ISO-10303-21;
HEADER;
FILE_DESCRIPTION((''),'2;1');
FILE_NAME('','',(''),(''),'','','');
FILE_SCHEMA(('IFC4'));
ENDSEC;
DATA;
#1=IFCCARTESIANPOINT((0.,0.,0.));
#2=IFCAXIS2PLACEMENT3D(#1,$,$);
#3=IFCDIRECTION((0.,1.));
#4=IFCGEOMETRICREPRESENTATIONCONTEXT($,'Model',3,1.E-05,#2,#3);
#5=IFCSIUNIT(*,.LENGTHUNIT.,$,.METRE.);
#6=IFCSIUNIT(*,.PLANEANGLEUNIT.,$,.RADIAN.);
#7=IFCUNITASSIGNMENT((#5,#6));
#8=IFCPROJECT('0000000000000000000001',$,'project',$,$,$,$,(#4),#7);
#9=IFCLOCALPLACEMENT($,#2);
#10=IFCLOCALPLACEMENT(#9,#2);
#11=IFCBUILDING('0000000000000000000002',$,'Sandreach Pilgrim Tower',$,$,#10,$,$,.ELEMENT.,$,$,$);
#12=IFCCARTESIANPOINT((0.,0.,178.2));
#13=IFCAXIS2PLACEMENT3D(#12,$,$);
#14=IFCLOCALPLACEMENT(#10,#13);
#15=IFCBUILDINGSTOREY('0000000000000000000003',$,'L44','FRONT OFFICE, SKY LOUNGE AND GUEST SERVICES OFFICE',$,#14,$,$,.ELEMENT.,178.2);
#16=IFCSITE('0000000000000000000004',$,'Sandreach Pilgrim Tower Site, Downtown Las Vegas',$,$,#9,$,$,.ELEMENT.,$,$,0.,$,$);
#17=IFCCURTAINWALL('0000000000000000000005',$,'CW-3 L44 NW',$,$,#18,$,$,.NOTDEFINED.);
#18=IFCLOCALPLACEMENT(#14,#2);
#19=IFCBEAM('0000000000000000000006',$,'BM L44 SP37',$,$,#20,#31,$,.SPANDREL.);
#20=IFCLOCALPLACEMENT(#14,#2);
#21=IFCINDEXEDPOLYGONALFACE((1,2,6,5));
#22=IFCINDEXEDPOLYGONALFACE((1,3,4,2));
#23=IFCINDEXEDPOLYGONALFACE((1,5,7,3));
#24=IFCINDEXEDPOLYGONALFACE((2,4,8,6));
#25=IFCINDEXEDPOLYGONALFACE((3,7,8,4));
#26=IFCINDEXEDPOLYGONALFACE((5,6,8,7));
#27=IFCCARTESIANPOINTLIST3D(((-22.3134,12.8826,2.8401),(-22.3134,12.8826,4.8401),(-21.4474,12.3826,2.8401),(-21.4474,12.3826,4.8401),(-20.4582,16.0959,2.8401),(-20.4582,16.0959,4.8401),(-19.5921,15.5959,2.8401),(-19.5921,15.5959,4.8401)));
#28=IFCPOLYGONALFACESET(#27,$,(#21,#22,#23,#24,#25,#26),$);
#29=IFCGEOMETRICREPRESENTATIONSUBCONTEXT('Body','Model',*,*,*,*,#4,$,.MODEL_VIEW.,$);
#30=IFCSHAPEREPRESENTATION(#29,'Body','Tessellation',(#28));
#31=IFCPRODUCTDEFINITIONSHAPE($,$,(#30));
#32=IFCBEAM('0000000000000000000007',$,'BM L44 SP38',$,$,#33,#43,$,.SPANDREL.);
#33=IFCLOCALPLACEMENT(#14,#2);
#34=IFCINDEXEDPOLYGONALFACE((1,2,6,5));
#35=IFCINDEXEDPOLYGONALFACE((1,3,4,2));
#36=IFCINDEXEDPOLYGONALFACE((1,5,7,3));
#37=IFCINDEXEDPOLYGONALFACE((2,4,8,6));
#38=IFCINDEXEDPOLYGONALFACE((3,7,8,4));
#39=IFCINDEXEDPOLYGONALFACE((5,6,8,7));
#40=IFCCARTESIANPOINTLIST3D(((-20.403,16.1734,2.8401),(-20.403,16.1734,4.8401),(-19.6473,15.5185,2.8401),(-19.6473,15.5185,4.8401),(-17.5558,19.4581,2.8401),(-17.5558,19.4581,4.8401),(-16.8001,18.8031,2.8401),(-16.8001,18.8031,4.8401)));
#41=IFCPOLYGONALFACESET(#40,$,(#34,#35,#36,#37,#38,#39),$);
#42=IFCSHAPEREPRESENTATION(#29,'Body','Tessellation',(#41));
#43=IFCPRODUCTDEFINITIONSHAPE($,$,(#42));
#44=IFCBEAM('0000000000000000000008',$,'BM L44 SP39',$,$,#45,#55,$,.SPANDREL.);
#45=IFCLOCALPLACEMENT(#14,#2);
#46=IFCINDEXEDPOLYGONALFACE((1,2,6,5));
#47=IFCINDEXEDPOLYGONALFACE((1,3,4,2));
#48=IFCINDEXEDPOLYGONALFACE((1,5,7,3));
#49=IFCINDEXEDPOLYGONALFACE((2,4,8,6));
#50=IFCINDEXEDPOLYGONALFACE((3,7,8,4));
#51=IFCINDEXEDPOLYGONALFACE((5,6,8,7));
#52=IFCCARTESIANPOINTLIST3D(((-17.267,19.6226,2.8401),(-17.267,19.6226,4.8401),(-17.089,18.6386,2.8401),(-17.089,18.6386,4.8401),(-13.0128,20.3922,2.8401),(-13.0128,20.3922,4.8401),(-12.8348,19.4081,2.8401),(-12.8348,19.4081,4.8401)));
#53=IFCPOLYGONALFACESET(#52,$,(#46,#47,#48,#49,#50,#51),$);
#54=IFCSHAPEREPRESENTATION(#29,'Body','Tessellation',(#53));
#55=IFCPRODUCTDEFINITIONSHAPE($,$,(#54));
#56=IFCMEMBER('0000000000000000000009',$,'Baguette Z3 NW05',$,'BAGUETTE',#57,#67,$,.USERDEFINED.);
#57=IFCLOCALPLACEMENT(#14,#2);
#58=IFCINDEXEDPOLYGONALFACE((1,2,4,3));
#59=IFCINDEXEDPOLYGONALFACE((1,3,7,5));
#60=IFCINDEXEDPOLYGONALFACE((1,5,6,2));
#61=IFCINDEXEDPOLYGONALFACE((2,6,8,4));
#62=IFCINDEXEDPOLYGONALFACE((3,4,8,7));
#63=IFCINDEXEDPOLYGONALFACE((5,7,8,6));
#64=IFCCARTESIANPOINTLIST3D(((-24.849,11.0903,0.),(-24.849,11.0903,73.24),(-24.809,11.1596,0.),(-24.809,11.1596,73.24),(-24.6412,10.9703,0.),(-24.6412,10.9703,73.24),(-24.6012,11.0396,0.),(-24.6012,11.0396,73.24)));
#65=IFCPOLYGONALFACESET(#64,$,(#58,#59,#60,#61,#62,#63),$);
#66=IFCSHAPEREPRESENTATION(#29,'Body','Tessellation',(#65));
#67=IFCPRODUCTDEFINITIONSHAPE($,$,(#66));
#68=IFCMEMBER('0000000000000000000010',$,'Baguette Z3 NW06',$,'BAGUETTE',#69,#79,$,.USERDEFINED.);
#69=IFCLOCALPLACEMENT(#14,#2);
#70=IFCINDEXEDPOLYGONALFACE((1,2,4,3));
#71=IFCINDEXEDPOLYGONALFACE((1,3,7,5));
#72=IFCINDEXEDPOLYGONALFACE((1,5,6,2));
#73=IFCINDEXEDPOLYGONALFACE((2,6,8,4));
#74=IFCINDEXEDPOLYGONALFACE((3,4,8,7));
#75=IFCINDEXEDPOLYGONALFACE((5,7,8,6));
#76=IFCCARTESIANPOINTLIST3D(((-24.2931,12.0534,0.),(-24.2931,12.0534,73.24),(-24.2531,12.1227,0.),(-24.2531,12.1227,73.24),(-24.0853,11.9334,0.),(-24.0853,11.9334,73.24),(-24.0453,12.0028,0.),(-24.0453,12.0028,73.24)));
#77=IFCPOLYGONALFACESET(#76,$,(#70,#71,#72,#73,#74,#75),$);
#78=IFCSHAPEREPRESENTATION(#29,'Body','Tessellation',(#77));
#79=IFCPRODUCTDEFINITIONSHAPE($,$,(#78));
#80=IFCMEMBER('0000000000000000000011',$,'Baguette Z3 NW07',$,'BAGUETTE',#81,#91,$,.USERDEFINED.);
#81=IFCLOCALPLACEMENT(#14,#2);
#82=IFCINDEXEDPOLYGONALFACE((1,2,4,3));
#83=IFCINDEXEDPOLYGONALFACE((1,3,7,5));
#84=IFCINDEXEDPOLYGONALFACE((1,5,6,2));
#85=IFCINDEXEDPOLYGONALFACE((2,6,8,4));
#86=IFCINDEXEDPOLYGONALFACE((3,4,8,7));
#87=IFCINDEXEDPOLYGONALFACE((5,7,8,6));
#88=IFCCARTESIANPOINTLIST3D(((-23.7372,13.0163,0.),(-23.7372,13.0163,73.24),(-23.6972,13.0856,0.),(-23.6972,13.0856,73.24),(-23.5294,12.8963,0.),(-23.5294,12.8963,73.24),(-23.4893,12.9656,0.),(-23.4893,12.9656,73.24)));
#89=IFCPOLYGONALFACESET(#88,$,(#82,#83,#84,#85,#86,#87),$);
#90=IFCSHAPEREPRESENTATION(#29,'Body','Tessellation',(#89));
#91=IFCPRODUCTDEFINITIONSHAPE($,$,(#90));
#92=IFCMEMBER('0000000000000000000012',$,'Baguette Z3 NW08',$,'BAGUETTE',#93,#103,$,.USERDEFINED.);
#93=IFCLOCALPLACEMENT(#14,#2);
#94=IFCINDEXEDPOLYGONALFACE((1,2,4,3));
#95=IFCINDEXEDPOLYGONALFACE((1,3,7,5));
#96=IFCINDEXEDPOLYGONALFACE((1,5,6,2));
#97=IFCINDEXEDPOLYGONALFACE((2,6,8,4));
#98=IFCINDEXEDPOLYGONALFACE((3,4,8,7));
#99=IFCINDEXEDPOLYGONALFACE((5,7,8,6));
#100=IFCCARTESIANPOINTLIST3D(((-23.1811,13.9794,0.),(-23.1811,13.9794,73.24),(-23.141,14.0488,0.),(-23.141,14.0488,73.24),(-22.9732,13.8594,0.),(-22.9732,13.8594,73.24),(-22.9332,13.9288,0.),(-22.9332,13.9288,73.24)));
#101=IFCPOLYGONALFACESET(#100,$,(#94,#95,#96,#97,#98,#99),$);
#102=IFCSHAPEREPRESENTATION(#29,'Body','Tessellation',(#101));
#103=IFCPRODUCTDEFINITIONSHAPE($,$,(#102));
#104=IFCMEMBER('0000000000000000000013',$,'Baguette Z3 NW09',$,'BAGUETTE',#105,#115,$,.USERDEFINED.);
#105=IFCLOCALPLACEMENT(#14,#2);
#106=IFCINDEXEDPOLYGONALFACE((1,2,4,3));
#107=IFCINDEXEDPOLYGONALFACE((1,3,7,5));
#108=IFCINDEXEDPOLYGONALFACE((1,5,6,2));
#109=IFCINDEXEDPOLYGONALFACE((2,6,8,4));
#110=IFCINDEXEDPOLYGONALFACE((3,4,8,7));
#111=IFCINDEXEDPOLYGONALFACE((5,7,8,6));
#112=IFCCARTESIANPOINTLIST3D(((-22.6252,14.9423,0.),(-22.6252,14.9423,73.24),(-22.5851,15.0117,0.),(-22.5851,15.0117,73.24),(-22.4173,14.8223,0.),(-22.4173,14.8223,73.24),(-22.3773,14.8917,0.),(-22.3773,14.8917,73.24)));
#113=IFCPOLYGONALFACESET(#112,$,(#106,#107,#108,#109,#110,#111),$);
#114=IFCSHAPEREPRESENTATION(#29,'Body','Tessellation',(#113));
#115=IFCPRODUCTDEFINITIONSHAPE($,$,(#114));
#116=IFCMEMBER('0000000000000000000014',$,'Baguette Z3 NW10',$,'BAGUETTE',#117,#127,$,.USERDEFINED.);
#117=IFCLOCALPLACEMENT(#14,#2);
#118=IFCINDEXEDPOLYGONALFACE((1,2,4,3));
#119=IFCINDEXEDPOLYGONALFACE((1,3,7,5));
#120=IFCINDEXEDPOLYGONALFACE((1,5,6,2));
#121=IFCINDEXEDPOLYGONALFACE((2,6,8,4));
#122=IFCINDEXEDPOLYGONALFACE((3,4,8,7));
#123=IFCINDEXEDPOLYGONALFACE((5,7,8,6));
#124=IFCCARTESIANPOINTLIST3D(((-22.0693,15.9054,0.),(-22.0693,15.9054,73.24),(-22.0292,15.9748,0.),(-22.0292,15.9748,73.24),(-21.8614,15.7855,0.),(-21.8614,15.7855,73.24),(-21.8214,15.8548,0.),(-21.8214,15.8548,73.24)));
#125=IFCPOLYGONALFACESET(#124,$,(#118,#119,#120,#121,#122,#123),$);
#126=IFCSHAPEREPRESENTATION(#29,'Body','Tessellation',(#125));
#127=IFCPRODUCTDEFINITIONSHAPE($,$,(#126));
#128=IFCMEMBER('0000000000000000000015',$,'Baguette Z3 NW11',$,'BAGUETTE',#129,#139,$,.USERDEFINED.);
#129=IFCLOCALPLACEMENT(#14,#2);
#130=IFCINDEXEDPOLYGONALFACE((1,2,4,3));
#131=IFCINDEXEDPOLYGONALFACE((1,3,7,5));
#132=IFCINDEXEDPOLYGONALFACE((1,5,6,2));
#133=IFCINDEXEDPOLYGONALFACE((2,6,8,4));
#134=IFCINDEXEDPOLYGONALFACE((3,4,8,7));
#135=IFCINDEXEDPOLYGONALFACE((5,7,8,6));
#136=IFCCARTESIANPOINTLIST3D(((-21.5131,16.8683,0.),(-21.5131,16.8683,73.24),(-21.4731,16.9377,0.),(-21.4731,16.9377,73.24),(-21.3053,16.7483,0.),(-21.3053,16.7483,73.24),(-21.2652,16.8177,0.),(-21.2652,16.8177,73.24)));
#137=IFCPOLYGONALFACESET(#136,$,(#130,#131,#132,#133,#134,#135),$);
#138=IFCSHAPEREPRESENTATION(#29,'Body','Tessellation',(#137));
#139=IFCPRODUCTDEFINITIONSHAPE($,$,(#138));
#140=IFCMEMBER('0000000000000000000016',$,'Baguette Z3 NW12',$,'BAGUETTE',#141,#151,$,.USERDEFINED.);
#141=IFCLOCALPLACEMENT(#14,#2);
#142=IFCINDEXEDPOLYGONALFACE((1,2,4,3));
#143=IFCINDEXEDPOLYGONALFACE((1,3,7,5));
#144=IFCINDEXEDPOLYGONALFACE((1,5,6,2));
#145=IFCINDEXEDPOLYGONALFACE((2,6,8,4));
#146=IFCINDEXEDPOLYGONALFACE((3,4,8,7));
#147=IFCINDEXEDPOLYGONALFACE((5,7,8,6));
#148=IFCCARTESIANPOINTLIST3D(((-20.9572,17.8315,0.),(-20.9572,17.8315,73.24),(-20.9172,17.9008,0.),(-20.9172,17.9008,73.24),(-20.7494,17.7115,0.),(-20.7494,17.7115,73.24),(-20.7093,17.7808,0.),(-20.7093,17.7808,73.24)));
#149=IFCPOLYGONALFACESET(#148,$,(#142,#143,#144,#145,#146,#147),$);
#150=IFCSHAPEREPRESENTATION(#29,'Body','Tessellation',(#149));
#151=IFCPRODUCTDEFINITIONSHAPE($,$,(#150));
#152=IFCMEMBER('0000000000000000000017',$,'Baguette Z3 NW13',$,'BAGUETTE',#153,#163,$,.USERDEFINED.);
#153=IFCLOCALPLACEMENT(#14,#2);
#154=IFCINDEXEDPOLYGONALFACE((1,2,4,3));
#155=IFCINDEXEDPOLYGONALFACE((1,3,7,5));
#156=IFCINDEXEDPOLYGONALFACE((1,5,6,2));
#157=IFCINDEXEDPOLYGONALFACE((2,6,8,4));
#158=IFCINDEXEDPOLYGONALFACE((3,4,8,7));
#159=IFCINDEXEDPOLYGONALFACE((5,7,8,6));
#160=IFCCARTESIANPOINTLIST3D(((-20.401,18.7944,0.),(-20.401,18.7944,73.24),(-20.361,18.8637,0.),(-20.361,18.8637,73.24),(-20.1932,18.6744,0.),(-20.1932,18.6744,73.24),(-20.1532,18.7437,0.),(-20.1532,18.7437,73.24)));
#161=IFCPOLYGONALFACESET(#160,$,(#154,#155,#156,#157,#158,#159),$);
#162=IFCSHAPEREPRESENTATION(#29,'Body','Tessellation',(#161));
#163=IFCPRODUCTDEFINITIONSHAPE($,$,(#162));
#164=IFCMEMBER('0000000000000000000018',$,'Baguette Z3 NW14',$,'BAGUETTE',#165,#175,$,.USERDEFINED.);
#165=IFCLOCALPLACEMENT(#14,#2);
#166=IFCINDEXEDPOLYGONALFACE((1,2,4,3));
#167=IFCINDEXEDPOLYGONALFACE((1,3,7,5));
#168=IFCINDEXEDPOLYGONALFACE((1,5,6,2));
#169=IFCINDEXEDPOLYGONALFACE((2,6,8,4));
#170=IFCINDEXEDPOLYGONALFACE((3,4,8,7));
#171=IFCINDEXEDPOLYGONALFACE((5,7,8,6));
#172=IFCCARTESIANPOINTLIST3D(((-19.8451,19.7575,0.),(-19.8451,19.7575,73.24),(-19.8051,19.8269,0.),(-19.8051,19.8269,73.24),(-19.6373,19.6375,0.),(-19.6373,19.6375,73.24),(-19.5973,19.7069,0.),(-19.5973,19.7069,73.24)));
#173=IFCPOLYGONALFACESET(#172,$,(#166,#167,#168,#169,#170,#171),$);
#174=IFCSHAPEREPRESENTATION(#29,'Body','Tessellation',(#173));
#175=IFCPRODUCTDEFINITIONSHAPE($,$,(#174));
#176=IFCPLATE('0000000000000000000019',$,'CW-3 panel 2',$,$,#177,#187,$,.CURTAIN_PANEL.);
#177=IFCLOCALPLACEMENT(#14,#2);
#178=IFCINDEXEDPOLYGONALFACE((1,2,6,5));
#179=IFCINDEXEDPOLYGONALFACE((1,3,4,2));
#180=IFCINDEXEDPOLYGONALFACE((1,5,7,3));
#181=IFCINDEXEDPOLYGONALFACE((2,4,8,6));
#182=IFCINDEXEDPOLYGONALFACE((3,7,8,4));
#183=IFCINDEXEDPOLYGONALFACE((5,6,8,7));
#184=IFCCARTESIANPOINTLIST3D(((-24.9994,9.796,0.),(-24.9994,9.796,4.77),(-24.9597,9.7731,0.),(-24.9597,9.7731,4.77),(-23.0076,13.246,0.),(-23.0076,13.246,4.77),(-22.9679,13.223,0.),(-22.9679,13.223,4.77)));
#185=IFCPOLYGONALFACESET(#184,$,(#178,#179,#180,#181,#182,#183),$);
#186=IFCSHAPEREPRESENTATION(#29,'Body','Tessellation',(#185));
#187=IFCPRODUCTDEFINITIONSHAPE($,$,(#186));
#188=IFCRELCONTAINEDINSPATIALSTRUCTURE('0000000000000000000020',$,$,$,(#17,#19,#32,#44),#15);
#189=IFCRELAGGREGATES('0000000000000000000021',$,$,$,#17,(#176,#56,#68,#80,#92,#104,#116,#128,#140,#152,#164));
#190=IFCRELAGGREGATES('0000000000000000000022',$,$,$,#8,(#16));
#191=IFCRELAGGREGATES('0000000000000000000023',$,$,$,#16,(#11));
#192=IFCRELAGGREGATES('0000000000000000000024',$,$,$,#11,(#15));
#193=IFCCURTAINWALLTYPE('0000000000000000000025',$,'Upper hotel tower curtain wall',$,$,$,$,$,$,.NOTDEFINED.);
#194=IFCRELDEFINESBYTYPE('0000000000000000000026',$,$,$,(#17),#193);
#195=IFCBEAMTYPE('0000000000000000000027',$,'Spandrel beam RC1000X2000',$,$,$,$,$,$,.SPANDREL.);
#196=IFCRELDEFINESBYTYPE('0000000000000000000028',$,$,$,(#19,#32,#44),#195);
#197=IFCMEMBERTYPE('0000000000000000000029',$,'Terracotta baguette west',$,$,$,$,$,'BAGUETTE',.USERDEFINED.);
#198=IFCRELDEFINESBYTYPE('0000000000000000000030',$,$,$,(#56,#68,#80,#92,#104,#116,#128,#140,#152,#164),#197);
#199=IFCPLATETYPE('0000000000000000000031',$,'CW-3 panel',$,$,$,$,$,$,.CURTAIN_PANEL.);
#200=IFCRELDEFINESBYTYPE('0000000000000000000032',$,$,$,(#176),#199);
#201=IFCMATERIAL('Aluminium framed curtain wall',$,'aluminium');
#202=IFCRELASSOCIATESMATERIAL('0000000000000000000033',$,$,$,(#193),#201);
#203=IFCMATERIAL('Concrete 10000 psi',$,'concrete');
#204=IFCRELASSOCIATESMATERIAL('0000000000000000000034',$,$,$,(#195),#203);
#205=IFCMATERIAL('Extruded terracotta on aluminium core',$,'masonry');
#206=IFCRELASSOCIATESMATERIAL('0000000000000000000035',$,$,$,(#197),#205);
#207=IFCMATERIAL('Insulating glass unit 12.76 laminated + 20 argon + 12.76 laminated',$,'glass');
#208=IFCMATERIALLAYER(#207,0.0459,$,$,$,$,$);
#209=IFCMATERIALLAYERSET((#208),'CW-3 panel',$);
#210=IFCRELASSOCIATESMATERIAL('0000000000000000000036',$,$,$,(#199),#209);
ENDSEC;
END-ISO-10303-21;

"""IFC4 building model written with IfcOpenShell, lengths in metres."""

from ifc_helpers import new_model, si_unit, direction, frame, origin, origin_2d, place, context, subcontext, project, spatial, rectangle, extrude, material, layer, layer_set, material_profile, profile_set, type_object, element, aggregate, save


model = new_model("IFC4")

# Units and contexts
model_context = context("Model", 3, precision=1e-05, world=origin(), true_north=direction((0.0, 1.0)))
body_context = subcontext(model_context, "Body", "Model", "MODEL_VIEW")
ifc_project = project(units=[si_unit("LENGTHUNIT", "METRE"), si_unit("PLANEANGLEUNIT", "RADIAN")], contexts=[model_context])

# Site, building, storey
site_placement = place(None, origin())
site = spatial("IfcSite", under=ifc_project, at=site_placement, Name="Sandreach Pilgrim Tower Site, Downtown Las Vegas", CompositionType="ELEMENT", RefElevation=0.0)
building_placement = place(site_placement, origin())
building = spatial("IfcBuilding", under=site, at=building_placement, Name="Sandreach Pilgrim Tower", CompositionType="ELEMENT")
storey_placement = place(building_placement, frame((0.0, 0.0, 178.2)))
storey = spatial("IfcBuildingStorey", under=building, at=storey_placement, Name="L44", Description="FRONT OFFICE, SKY LOUNGE AND GUEST SERVICES OFFICE", CompositionType="ELEMENT", Elevation=178.2)

# Shared definitions
ifc_material_1 = material(Name="Aluminium framed curtain wall", Category="aluminium")
curtain_wall_type = type_object("IfcCurtainWallType", Name="Upper hotel tower curtain wall", PredefinedType="NOTDEFINED", material=ifc_material_1)

# Curtain wall
curtain_wall_1_placement = place(storey_placement, origin())
curtain_wall_1 = element("IfcCurtainWall", 1, at=curtain_wall_1_placement, inside=storey, type_object=curtain_wall_type, Name="CW-3 L44 NW", PredefinedType="NOTDEFINED")

# Beams
ifc_material_2 = material(Name="Concrete 10000 psi", Category="concrete")
ifc_material_profile_1 = material_profile(ifc_material_2, rectangle(XDim=1.0, YDim=2.0, at=origin_2d()), Name="RC1000X2000")
ifc_profile_set_1 = profile_set([ifc_material_profile_1], Name="Concrete 10000 psi")
beam_type_1 = type_object("IfcBeamType", Name="Spandrel beam RC1000X2000", PredefinedType="SPANDREL", material=ifc_profile_set_1)
beam_1_placement = place(storey_placement, frame((-21.8804, 12.6326, 3.8401), z_axis=(0.499996, 0.866028, 0.0), x_axis=(-0.866028, 0.499996, 0.0)))
element("IfcBeam", 2, at=beam_1_placement, inside=storey, type_object=beam_type_1, Name="BM L44 SP37", PredefinedType="SPANDREL", context=body_context, shape_type="SweptSolid", body=[
    extrude(rectangle(XDim=1.0, YDim=2.0, at=origin_2d()), origin(), (0.0, 0.0, 1.0), 3.7104),
])
beam_2_placement = place(storey_placement, frame((-20.0251, 15.8459, 3.8401), z_axis=(0.65499, 0.755637, 0.0), x_axis=(-0.755637, 0.65499, 0.0)))
element("IfcBeam", 3, at=beam_2_placement, inside=storey, type_object=beam_type_1, Name="BM L44 SP38", PredefinedType="SPANDREL", context=body_context, shape_type="SweptSolid", body=[
    extrude(rectangle(XDim=1.0, YDim=2.0, at=origin_2d()), origin(), (0.0, 0.0, 1.0), 4.3469),
])
beam_3_placement = place(storey_placement, frame((-17.178, 19.1306, 3.8401), z_axis=(0.98403, 0.178001, 0.0), x_axis=(-0.178001, 0.98403, 0.0)))
element("IfcBeam", 4, at=beam_3_placement, inside=storey, type_object=beam_type_1, Name="BM L44 SP39", PredefinedType="SPANDREL", context=body_context, shape_type="SweptSolid", body=[
    extrude(rectangle(XDim=1.0, YDim=2.0, at=origin_2d()), origin(), (0.0, 0.0, 1.0), 4.3232),
])

# Members
ifc_material_3 = material(Name="Extruded terracotta on aluminium core", Category="masonry")
ifc_material_profile_2 = material_profile(ifc_material_3, rectangle(XDim=0.0801, YDim=0.24, at=origin_2d()), Name="TBW 80X240")
ifc_profile_set_2 = profile_set([ifc_material_profile_2], Name="Extruded terracotta on aluminium core")
member_type_1 = type_object("IfcMemberType", Name="Terracotta baguette west", ElementType="BAGUETTE", PredefinedType="USERDEFINED", material=ifc_profile_set_2)
member_1_placement = place(storey_placement, frame((-24.7251, 11.0649, 0.0), z_axis=(0.0, 0.0, 1.0), x_axis=(0.5, 0.866025, 0.0)))
member_1 = element("IfcMember", 5, at=member_1_placement, type_object=member_type_1, Name="Baguette Z3 NW05", ObjectType="BAGUETTE", PredefinedType="USERDEFINED", context=body_context, shape_type="SweptSolid", body=[
    extrude(rectangle(XDim=0.0801, YDim=0.24, at=origin_2d()), origin(), (0.0, 0.0, 1.0), 73.24),
])
member_2_placement = place(storey_placement, frame((-24.1692, 12.0281, 0.0), z_axis=(0.0, 0.0, 1.0), x_axis=(0.5, 0.866025, 0.0)))
member_2 = element("IfcMember", 6, at=member_2_placement, type_object=member_type_1, Name="Baguette Z3 NW06", ObjectType="BAGUETTE", PredefinedType="USERDEFINED", context=body_context, shape_type="SweptSolid", body=[
    extrude(rectangle(XDim=0.0801, YDim=0.24, at=origin_2d()), origin(), (0.0, 0.0, 1.0), 73.24),
])
member_3_placement = place(storey_placement, frame((-23.6133, 12.991, 0.0), z_axis=(0.0, 0.0, 1.0), x_axis=(0.5, 0.866025, 0.0)))
member_3 = element("IfcMember", 7, at=member_3_placement, type_object=member_type_1, Name="Baguette Z3 NW07", ObjectType="BAGUETTE", PredefinedType="USERDEFINED", context=body_context, shape_type="SweptSolid", body=[
    extrude(rectangle(XDim=0.0801, YDim=0.24, at=origin_2d()), origin(), (0.0, 0.0, 1.0), 73.24),
])
member_4_placement = place(storey_placement, frame((-23.0571, 13.9541, 0.0), z_axis=(0.0, 0.0, 1.0), x_axis=(0.5, 0.866025, 0.0)))
member_4 = element("IfcMember", 8, at=member_4_placement, type_object=member_type_1, Name="Baguette Z3 NW08", ObjectType="BAGUETTE", PredefinedType="USERDEFINED", context=body_context, shape_type="SweptSolid", body=[
    extrude(rectangle(XDim=0.0801, YDim=0.24, at=origin_2d()), origin(), (0.0, 0.0, 1.0), 73.24),
])
member_5_placement = place(storey_placement, frame((-22.5012, 14.917, 0.0), z_axis=(0.0, 0.0, 1.0), x_axis=(0.5, 0.866025, 0.0)))
member_5 = element("IfcMember", 9, at=member_5_placement, type_object=member_type_1, Name="Baguette Z3 NW09", ObjectType="BAGUETTE", PredefinedType="USERDEFINED", context=body_context, shape_type="SweptSolid", body=[
    extrude(rectangle(XDim=0.0801, YDim=0.24, at=origin_2d()), origin(), (0.0, 0.0, 1.0), 73.24),
])
member_6_placement = place(storey_placement, frame((-21.9453, 15.8801, 0.0), z_axis=(0.0, 0.0, 1.0), x_axis=(0.5, 0.866025, 0.0)))
member_6 = element("IfcMember", 10, at=member_6_placement, type_object=member_type_1, Name="Baguette Z3 NW10", ObjectType="BAGUETTE", PredefinedType="USERDEFINED", context=body_context, shape_type="SweptSolid", body=[
    extrude(rectangle(XDim=0.0801, YDim=0.24, at=origin_2d()), origin(), (0.0, 0.0, 1.0), 73.24),
])
member_7_placement = place(storey_placement, frame((-21.3892, 16.843, 0.0), z_axis=(0.0, 0.0, 1.0), x_axis=(0.5, 0.866025, 0.0)))
member_7 = element("IfcMember", 11, at=member_7_placement, type_object=member_type_1, Name="Baguette Z3 NW11", ObjectType="BAGUETTE", PredefinedType="USERDEFINED", context=body_context, shape_type="SweptSolid", body=[
    extrude(rectangle(XDim=0.0801, YDim=0.24, at=origin_2d()), origin(), (0.0, 0.0, 1.0), 73.24),
])
member_8_placement = place(storey_placement, frame((-20.8333, 17.8062, 0.0), z_axis=(0.0, 0.0, 1.0), x_axis=(0.5, 0.866025, 0.0)))
member_8 = element("IfcMember", 12, at=member_8_placement, type_object=member_type_1, Name="Baguette Z3 NW12", ObjectType="BAGUETTE", PredefinedType="USERDEFINED", context=body_context, shape_type="SweptSolid", body=[
    extrude(rectangle(XDim=0.0801, YDim=0.24, at=origin_2d()), origin(), (0.0, 0.0, 1.0), 73.24),
])
member_9_placement = place(storey_placement, frame((-20.2771, 18.769, 0.0), z_axis=(0.0, 0.0, 1.0), x_axis=(0.5, 0.866025, 0.0)))
member_9 = element("IfcMember", 13, at=member_9_placement, type_object=member_type_1, Name="Baguette Z3 NW13", ObjectType="BAGUETTE", PredefinedType="USERDEFINED", context=body_context, shape_type="SweptSolid", body=[
    extrude(rectangle(XDim=0.0801, YDim=0.24, at=origin_2d()), origin(), (0.0, 0.0, 1.0), 73.24),
])
member_10_placement = place(storey_placement, frame((-19.7212, 19.7322, 0.0), z_axis=(0.0, 0.0, 1.0), x_axis=(0.5, 0.866025, 0.0)))
member_10 = element("IfcMember", 14, at=member_10_placement, type_object=member_type_1, Name="Baguette Z3 NW14", ObjectType="BAGUETTE", PredefinedType="USERDEFINED", context=body_context, shape_type="SweptSolid", body=[
    extrude(rectangle(XDim=0.0801, YDim=0.24, at=origin_2d()), origin(), (0.0, 0.0, 1.0), 73.24),
])

# Plate
ifc_material_4 = material(Name="Insulating glass unit 12.76 laminated + 20 argon + 12.76 laminated", Category="glass")
ifc_layer_1 = layer(ifc_material_4, 0.0459)
ifc_layer_set_1 = layer_set([ifc_layer_1], Name="CW-3 panel")
plate_type = type_object("IfcPlateType", Name="CW-3 panel", PredefinedType="CURTAIN_PANEL", material=ifc_layer_set_1)
plate_1_placement = place(storey_placement, frame((-23.9836, 11.5095, 0.0), z_axis=(0.0, 0.0, 1.0), x_axis=(0.5, 0.866025, 0.0)))
plate_1 = element("IfcPlate", 15, at=plate_1_placement, type_object=plate_type, Name="CW-3 panel 2", PredefinedType="CURTAIN_PANEL", context=body_context, shape_type="SweptSolid", body=[
    extrude(rectangle(XDim=3.9836, YDim=0.0459, at=origin_2d()), origin(), (0.0, 0.0, 1.0), 4.77),
])
aggregate(curtain_wall_1, [plate_1, member_1, member_2, member_3, member_4, member_5, member_6, member_7, member_8, member_9, member_10])

save(model, "model.ifc")
